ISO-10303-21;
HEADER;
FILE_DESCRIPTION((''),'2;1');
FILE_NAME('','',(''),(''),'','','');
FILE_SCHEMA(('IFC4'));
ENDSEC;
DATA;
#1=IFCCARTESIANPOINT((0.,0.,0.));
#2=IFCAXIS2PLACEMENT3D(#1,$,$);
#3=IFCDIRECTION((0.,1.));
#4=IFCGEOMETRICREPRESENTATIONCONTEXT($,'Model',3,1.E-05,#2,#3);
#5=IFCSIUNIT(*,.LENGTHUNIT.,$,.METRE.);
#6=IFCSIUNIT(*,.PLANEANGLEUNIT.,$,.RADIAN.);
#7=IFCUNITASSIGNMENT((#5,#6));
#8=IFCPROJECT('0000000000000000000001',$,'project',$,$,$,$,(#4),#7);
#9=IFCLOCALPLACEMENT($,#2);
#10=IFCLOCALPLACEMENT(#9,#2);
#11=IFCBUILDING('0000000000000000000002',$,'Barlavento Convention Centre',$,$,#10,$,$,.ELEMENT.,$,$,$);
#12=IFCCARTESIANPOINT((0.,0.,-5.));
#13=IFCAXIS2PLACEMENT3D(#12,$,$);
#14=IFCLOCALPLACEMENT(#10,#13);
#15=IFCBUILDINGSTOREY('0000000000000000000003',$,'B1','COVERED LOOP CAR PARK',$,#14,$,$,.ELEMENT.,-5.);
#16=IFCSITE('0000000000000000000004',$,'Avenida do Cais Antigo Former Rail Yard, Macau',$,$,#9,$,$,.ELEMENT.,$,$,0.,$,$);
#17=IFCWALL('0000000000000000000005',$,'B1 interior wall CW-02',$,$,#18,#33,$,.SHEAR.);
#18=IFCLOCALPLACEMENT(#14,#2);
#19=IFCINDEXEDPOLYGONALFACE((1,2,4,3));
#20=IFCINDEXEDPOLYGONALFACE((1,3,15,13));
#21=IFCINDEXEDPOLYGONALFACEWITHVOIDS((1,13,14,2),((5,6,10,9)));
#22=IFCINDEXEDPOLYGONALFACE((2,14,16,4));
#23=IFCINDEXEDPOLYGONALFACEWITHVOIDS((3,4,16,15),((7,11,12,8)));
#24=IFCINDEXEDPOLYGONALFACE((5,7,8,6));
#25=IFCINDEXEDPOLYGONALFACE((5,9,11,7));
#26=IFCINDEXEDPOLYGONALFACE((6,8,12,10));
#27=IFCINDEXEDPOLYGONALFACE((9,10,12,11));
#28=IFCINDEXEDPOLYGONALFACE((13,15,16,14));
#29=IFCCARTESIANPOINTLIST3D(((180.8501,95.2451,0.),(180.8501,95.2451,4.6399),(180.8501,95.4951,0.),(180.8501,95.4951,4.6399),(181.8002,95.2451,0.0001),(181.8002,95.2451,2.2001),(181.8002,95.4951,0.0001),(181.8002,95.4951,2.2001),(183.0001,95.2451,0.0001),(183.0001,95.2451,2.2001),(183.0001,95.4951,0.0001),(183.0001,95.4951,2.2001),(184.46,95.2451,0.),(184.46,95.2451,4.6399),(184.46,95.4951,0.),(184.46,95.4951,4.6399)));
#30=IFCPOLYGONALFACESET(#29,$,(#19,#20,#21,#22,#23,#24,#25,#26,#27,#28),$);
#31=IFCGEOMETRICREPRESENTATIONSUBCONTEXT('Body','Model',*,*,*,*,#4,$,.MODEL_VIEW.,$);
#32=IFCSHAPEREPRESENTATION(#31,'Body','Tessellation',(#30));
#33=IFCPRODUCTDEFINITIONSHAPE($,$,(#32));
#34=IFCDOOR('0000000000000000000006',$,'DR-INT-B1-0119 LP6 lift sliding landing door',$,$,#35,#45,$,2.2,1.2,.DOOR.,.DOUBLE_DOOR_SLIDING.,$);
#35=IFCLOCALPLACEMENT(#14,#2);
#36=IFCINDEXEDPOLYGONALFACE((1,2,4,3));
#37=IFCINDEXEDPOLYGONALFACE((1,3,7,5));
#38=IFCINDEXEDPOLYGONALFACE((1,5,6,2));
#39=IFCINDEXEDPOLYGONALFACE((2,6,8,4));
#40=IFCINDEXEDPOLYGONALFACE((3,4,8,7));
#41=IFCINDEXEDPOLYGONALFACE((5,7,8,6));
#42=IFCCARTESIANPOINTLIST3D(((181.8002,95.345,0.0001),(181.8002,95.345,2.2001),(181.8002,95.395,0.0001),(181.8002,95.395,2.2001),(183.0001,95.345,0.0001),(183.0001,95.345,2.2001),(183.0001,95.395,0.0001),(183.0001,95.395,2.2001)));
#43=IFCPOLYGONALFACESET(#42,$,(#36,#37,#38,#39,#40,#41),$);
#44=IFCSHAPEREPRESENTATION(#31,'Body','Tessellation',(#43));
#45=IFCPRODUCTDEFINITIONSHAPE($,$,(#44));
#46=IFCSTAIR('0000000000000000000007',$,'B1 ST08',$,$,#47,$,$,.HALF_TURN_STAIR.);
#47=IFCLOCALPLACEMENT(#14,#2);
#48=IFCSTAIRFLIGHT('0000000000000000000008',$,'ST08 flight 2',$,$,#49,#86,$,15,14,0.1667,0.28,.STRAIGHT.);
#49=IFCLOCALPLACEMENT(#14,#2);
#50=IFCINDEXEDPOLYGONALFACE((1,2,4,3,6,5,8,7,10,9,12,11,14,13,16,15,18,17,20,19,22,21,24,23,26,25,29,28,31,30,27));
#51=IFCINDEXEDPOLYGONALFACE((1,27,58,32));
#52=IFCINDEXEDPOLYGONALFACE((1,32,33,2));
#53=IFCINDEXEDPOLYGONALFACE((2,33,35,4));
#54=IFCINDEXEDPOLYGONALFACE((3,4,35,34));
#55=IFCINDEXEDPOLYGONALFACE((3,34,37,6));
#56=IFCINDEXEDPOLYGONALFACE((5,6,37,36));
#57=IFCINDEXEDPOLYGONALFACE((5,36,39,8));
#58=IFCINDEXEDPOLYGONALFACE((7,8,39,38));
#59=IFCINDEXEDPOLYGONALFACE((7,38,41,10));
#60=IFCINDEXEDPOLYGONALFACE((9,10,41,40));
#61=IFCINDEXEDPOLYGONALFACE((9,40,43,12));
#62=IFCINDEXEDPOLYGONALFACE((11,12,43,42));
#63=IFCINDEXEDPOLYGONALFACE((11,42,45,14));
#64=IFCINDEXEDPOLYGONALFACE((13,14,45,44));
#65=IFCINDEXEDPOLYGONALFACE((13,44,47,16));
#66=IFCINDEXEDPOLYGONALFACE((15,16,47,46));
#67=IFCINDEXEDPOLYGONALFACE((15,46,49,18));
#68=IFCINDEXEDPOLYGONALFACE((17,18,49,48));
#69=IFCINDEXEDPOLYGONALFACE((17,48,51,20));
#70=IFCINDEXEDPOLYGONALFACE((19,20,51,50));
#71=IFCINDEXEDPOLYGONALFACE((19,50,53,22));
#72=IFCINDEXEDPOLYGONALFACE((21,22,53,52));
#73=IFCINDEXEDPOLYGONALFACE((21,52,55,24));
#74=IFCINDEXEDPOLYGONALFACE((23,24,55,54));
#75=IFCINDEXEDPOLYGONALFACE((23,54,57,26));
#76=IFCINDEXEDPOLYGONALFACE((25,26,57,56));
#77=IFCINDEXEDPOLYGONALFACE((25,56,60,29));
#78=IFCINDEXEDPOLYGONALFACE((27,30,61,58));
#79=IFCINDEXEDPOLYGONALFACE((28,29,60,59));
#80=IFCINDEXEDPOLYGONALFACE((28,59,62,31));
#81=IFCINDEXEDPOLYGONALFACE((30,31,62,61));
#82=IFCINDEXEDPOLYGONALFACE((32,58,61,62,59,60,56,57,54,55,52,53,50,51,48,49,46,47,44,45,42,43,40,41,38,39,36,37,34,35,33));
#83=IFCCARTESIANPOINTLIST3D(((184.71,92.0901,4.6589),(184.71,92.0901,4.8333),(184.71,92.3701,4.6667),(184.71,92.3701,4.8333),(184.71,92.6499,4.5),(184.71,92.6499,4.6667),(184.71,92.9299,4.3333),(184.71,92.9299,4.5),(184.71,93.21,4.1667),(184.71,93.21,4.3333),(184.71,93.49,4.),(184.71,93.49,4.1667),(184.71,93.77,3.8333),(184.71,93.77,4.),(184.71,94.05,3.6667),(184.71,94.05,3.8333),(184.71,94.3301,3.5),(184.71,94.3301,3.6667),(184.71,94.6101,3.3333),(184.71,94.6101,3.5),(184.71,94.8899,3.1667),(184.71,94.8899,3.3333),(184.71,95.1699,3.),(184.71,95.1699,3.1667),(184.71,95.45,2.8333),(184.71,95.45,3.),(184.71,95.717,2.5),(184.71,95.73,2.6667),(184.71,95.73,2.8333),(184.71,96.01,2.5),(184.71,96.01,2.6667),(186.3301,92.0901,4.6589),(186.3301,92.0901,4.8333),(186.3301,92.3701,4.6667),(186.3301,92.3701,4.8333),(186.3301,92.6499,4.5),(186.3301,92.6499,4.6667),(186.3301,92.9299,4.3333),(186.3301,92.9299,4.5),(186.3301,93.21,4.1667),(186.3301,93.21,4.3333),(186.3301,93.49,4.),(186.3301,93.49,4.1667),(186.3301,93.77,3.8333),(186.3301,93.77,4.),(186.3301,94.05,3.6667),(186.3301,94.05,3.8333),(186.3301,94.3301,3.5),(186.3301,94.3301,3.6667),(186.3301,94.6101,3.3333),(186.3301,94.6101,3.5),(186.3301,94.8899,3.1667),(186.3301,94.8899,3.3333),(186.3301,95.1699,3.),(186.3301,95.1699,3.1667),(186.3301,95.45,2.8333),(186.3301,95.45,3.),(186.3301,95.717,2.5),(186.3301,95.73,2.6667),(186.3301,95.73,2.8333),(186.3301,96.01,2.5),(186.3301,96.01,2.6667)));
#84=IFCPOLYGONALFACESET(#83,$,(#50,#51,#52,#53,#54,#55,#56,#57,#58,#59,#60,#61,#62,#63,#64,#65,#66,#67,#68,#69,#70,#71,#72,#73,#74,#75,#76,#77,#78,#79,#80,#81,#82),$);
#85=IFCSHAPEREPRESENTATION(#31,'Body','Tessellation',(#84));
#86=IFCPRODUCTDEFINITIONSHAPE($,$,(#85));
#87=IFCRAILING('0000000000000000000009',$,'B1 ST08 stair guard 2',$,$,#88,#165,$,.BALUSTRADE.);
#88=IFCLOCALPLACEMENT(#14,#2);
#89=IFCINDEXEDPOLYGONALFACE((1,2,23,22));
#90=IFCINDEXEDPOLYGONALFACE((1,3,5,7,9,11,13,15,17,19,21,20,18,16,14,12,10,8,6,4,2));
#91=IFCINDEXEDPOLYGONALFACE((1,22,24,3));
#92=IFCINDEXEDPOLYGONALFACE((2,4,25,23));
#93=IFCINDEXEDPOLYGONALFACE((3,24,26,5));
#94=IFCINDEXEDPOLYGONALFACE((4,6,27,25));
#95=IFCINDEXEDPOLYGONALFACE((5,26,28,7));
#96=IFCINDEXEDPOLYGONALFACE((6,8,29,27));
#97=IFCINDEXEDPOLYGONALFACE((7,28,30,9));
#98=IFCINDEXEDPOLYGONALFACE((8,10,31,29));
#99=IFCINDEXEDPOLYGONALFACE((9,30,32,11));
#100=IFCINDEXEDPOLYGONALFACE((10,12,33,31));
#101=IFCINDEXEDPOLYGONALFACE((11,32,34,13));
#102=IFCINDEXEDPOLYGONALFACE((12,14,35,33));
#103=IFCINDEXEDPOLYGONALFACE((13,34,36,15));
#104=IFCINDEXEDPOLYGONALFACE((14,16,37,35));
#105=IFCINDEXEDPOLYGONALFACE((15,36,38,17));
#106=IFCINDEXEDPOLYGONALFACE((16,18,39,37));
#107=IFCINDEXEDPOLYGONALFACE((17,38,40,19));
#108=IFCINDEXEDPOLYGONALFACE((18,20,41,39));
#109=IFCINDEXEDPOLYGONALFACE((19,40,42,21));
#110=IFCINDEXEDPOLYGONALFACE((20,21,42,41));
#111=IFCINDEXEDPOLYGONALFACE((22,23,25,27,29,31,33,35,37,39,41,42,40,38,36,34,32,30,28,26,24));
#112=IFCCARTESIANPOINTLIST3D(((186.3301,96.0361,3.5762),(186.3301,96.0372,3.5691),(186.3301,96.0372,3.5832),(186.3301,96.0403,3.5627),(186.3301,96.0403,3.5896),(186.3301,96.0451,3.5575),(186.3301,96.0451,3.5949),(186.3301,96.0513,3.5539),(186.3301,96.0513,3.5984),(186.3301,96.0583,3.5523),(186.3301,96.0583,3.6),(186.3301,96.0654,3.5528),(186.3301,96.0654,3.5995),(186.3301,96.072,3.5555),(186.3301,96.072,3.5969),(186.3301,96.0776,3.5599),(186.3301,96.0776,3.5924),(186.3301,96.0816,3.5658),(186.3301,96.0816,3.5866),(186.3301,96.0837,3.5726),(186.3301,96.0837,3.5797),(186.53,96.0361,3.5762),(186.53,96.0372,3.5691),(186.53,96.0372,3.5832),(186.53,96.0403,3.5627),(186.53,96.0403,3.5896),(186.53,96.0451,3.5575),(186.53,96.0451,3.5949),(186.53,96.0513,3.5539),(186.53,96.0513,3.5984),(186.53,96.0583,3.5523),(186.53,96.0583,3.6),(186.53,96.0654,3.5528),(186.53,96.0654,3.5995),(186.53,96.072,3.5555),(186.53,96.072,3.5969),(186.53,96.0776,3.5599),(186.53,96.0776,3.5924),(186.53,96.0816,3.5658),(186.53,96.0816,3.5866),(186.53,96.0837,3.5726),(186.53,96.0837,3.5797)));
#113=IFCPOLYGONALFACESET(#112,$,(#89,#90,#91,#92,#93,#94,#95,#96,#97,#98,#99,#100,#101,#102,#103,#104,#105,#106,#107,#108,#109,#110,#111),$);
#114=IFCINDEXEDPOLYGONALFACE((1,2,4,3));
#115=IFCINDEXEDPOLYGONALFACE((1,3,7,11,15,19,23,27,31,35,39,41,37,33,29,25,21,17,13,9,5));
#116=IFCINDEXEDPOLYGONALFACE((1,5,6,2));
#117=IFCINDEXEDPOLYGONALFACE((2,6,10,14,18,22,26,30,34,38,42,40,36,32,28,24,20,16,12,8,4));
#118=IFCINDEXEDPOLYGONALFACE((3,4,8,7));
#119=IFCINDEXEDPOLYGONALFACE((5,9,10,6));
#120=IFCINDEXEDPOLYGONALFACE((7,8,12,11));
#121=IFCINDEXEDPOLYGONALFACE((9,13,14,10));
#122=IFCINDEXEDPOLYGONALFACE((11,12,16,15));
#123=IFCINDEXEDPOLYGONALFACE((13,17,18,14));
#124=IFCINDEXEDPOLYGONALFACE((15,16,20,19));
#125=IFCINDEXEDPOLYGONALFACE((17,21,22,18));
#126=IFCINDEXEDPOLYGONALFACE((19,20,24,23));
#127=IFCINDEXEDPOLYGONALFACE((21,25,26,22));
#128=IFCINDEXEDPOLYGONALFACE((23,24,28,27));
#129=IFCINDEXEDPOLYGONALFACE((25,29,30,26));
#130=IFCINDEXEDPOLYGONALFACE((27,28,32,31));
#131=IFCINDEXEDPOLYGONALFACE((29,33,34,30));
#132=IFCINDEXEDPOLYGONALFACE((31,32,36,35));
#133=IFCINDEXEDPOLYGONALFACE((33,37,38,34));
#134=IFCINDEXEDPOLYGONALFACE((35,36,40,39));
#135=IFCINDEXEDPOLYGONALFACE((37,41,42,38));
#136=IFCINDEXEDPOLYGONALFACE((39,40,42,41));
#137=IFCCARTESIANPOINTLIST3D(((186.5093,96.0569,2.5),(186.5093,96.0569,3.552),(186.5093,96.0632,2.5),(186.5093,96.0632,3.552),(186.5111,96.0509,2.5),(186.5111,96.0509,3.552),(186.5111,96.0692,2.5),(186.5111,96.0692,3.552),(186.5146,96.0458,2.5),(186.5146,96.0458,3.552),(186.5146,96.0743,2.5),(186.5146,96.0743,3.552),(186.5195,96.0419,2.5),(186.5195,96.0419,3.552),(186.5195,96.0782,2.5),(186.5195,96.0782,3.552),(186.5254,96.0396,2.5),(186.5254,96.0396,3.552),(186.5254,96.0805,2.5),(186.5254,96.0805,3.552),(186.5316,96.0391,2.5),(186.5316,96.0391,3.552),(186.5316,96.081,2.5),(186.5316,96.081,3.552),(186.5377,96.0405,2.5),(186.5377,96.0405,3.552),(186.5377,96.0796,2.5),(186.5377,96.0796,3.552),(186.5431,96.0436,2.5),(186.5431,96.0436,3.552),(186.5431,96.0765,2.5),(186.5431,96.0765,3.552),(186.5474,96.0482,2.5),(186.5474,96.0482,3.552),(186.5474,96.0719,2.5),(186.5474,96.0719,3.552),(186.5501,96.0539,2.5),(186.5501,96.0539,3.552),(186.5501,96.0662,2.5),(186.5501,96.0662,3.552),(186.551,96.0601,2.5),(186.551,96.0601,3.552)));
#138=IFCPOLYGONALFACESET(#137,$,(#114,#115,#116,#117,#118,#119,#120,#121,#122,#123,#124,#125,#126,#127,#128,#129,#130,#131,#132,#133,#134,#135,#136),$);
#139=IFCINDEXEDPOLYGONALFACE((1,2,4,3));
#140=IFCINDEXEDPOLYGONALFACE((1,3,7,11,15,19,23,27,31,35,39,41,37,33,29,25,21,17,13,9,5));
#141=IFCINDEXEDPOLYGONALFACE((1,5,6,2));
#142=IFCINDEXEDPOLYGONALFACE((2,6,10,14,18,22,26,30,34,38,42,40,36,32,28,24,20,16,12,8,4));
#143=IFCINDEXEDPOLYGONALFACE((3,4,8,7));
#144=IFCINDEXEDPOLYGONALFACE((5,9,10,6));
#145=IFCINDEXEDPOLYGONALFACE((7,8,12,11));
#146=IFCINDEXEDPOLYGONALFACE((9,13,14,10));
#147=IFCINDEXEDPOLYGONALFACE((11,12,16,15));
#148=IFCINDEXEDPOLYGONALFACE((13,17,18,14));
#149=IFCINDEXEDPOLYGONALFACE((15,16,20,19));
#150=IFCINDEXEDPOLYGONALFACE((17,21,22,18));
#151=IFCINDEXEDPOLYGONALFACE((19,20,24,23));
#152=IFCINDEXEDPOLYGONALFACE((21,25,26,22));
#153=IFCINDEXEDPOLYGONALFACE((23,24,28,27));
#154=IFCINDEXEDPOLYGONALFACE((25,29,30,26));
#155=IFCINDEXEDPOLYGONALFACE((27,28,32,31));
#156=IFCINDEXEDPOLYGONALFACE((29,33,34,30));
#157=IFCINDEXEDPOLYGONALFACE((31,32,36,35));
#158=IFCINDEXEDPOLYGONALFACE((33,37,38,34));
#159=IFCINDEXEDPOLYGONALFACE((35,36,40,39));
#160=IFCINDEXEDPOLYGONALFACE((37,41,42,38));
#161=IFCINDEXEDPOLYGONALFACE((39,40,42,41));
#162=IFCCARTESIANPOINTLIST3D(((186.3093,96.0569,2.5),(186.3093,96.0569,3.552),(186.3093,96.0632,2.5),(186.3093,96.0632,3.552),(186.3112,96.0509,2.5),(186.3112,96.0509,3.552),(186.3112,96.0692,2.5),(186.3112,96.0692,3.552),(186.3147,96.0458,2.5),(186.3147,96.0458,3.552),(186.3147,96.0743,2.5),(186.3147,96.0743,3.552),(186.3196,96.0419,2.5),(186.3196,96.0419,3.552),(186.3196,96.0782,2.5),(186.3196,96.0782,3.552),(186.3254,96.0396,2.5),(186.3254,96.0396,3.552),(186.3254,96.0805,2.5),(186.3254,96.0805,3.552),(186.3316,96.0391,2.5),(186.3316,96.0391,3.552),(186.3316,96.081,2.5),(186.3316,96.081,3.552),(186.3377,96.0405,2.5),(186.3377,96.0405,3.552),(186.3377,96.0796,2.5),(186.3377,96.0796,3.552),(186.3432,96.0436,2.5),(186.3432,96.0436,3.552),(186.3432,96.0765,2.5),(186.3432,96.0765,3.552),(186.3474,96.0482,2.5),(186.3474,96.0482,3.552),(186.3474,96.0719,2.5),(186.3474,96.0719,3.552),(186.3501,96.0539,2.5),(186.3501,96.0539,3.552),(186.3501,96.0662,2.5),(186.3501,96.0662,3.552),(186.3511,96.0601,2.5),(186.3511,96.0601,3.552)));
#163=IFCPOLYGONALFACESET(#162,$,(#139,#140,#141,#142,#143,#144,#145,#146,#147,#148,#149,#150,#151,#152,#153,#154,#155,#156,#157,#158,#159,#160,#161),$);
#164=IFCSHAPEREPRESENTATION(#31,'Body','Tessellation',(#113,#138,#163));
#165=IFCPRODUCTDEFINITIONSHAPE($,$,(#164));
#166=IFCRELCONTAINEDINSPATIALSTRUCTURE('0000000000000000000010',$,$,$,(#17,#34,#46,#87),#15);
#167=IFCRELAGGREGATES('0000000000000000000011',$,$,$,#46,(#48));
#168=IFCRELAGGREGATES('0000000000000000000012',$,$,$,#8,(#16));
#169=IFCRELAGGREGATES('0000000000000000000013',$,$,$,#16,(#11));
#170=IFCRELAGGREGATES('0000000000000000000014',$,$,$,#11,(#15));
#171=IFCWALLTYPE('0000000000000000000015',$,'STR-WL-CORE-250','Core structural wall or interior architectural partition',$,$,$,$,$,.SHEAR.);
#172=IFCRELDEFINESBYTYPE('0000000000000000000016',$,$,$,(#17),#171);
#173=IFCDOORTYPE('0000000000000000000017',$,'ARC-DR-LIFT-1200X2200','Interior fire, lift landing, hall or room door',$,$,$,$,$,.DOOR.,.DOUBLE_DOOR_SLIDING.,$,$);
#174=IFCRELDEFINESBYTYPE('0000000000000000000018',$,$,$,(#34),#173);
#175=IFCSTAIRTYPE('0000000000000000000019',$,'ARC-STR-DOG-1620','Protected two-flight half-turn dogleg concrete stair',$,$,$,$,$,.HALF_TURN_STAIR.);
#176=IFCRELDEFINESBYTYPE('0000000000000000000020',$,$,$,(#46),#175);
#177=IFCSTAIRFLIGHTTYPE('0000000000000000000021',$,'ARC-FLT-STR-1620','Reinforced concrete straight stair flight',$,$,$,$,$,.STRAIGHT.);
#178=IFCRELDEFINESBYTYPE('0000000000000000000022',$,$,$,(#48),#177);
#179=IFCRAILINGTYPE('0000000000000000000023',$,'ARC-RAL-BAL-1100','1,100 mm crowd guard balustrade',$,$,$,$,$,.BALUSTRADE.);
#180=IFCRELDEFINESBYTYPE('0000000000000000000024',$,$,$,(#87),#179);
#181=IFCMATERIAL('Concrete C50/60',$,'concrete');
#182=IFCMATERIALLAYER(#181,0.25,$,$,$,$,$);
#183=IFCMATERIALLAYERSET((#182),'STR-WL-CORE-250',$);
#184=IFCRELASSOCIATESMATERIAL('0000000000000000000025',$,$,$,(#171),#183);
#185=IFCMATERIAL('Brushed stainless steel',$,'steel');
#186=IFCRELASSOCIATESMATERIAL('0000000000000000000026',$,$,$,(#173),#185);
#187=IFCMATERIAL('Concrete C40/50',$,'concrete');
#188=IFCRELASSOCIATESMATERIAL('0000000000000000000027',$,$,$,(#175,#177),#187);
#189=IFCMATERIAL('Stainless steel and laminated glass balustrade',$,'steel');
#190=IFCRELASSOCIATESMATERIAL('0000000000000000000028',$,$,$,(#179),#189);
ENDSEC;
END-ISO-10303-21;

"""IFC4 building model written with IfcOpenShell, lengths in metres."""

from ifc_helpers import new_model, si_unit, direction, frame, frame_2d, origin, origin_2d, place, context, subcontext, project, spatial, polyline, rectangle, circle, outline, extrude, material, layer, layer_set, type_object, element, fill, aggregate, save


model = new_model("IFC4")

# Units and contexts
model_context = context("Model", 3, precision=1e-05, world=origin(), true_north=direction((0.0, 1.0)))
body_context = subcontext(model_context, "Body", "Model", "MODEL_VIEW")
ifc_project = project(units=[si_unit("LENGTHUNIT", "METRE"), si_unit("PLANEANGLEUNIT", "RADIAN")], contexts=[model_context])

# Site, building, storey
site_placement = place(None, origin())
site = spatial("IfcSite", under=ifc_project, at=site_placement, Name="Avenida do Cais Antigo Former Rail Yard, Macau", CompositionType="ELEMENT", RefElevation=0.0)
building_placement = place(site_placement, origin())
building = spatial("IfcBuilding", under=site, at=building_placement, Name="Barlavento Convention Centre", CompositionType="ELEMENT")
storey_placement = place(building_placement, frame((0.0, 0.0, -5.0)))
storey = spatial("IfcBuildingStorey", under=building, at=storey_placement, Name="B1", Description="COVERED LOOP CAR PARK", CompositionType="ELEMENT", Elevation=-5.0)

# Shared definitions
ifc_material_1 = material(Name="Concrete C40/50", Category="concrete")

# Shared definitions
ifc_material_2 = material(Name="Concrete C50/60", Category="concrete")

# Shared definitions
ifc_layer_1 = layer(ifc_material_2, 0.25)
ifc_layer_set_1 = layer_set([ifc_layer_1], Name="STR-WL-CORE-250")
wall_type_1 = type_object("IfcWallType", Name="STR-WL-CORE-250", Description="Core structural wall or interior architectural partition", PredefinedType="SHEAR", material=ifc_layer_set_1)

# Wall, opening, door
wall_1_placement = place(storey_placement, frame((180.8501, 95.3701, 0.0), z_axis=(0.0, 0.0, 1.0), x_axis=(1.0, 0.0, 0.0)))
wall_1 = element("IfcWall", 1, at=wall_1_placement, inside=storey, type_object=wall_type_1, Name="B1 interior wall CW-02", PredefinedType="SHEAR", context=body_context, shape_type="SweptSolid", body=[
    extrude(rectangle(XDim=3.6099, YDim=0.25, at=frame_2d((1.8049, 0.0))), origin(), (0.0, 0.0, 1.0), 4.6399),
])
opening_placement = place(wall_1_placement, frame((0.95, 0.0, 0.0)))
opening = element("IfcOpeningElement", 2, at=opening_placement, cuts=wall_1, PredefinedType="OPENING", context=body_context, shape_type="SweptSolid", body=[
    extrude(rectangle(XDim=1.2, YDim=2.2, at=frame_2d((0.6001, 1.1001))), frame((0.0, 0.135, 0.0), z_axis=(0.0, -1.0, 0.0), x_axis=(1.0, 0.0, 0.0)), (0.0, 0.0, 1.0), 0.27),
])
ifc_material_3 = material(Name="Brushed stainless steel", Category="steel")
door_type = type_object("IfcDoorType", Name="ARC-DR-LIFT-1200X2200", Description="Interior fire, lift landing, hall or room door", OperationType="DOUBLE_DOOR_SLIDING", PredefinedType="DOOR", material=ifc_material_3)
door_placement = place(opening_placement, origin())
door = element("IfcDoor", 3, at=door_placement, inside=storey, type_object=door_type, Name="DR-INT-B1-0119 LP6 lift sliding landing door", OperationType="DOUBLE_DOOR_SLIDING", OverallHeight=2.2, OverallWidth=1.2, PredefinedType="DOOR", context=body_context, shape_type="SweptSolid", body=[
    extrude(rectangle(XDim=1.2, YDim=2.2, at=frame_2d((0.6001, 1.1001))), frame((0.0, 0.0249, 0.0), z_axis=(0.0, -1.0, 0.0), x_axis=(1.0, 0.0, 0.0)), (0.0, 0.0, 1.0), 0.05),
])
fill(opening, door)

# Stair, stair flight
stair_type = type_object("IfcStairType", Name="ARC-STR-DOG-1620", Description="Protected two-flight half-turn dogleg concrete stair", PredefinedType="HALF_TURN_STAIR", material=ifc_material_1)
stair_placement = place(storey_placement, origin())
stair = element("IfcStair", 4, at=stair_placement, inside=storey, type_object=stair_type, Name="B1 ST08", PredefinedType="HALF_TURN_STAIR")
stair_flight_type = type_object("IfcStairFlightType", Name="ARC-FLT-STR-1620", Description="Reinforced concrete straight stair flight", PredefinedType="STRAIGHT", material=ifc_material_1)
stair_flight_placement = place(storey_placement, frame((185.52, 96.01, 2.5), z_axis=(0.0, 0.0, 1.0), x_axis=(0.0, -1.0, 0.0)))
stair_flight = element("IfcStairFlight", 5, at=stair_flight_placement, type_object=stair_flight_type, Name="ST08 flight 2", NumberOfRisers=15, NumberOfTreads=14, PredefinedType="STRAIGHT", RiserHeight=0.1667, TreadLength=0.28, context=body_context, shape_type="SweptSolid", body=[
    extrude(outline(polyline([(0.0, 0.0), (0.0, 0.1667), (0.28, 0.1667), (0.28, 0.3333), (0.5601, 0.3333), (0.5601, 0.5), (0.8401, 0.5), (0.8401, 0.6667), (1.1201, 0.6667), (1.1201, 0.8333), (1.3999, 0.8333), (1.3999, 1.0), (1.6799, 1.0), (1.6799, 1.1667), (1.96, 1.1667), (1.96, 1.3333), (2.24, 1.3333), (2.24, 1.5), (2.52, 1.5), (2.52, 1.6667), (2.8, 1.6667), (2.8, 1.8333), (3.0801, 1.8333), (3.0801, 2.0), (3.3601, 2.0), (3.3601, 2.1667), (3.6399, 2.1667), (3.6399, 2.3333), (3.9199, 2.3333), (3.9199, 2.5), (3.9199, 2.1589), (0.293, 0.0), (0.0, 0.0)])), frame((0.0, 0.8101, 0.0), z_axis=(0.0, -1.0, 0.0), x_axis=(1.0, 0.0, 0.0)), (0.0, 0.0, 1.0), 1.6201),
])
aggregate(stair, [stair_flight])

# Railing
ifc_material_4 = material(Name="Stainless steel and laminated glass balustrade", Category="steel")
railing_type_1 = type_object("IfcRailingType", Name="ARC-RAL-BAL-1100", Description="1,100 mm crowd guard balustrade", PredefinedType="BALUSTRADE", material=ifc_material_4)
railing_1_placement = place(storey_placement, frame((186.53, 96.0601, 2.5)))
element("IfcRailing", 6, at=railing_1_placement, inside=storey, type_object=railing_type_1, Name="B1 ST08 stair guard 2", PredefinedType="BALUSTRADE", context=body_context, shape_type="SweptSolid", body=[
    extrude(circle(Radius=0.0239, at=origin_2d()), frame((0.0, 0.0, 1.0762), z_axis=(-1.0, 0.0, 0.0), x_axis=(0.0, -1.0, 0.0)), (0.0, 0.0, 1.0), 0.2),
    extrude(circle(Radius=0.021, at=origin_2d()), origin(), (0.0, 0.0, 1.0), 1.052),
    extrude(circle(Radius=0.021, at=origin_2d()), frame((-0.2, 0.0, 0.0)), (0.0, 0.0, 1.0), 1.052),
])

save(model, "model.ifc")
